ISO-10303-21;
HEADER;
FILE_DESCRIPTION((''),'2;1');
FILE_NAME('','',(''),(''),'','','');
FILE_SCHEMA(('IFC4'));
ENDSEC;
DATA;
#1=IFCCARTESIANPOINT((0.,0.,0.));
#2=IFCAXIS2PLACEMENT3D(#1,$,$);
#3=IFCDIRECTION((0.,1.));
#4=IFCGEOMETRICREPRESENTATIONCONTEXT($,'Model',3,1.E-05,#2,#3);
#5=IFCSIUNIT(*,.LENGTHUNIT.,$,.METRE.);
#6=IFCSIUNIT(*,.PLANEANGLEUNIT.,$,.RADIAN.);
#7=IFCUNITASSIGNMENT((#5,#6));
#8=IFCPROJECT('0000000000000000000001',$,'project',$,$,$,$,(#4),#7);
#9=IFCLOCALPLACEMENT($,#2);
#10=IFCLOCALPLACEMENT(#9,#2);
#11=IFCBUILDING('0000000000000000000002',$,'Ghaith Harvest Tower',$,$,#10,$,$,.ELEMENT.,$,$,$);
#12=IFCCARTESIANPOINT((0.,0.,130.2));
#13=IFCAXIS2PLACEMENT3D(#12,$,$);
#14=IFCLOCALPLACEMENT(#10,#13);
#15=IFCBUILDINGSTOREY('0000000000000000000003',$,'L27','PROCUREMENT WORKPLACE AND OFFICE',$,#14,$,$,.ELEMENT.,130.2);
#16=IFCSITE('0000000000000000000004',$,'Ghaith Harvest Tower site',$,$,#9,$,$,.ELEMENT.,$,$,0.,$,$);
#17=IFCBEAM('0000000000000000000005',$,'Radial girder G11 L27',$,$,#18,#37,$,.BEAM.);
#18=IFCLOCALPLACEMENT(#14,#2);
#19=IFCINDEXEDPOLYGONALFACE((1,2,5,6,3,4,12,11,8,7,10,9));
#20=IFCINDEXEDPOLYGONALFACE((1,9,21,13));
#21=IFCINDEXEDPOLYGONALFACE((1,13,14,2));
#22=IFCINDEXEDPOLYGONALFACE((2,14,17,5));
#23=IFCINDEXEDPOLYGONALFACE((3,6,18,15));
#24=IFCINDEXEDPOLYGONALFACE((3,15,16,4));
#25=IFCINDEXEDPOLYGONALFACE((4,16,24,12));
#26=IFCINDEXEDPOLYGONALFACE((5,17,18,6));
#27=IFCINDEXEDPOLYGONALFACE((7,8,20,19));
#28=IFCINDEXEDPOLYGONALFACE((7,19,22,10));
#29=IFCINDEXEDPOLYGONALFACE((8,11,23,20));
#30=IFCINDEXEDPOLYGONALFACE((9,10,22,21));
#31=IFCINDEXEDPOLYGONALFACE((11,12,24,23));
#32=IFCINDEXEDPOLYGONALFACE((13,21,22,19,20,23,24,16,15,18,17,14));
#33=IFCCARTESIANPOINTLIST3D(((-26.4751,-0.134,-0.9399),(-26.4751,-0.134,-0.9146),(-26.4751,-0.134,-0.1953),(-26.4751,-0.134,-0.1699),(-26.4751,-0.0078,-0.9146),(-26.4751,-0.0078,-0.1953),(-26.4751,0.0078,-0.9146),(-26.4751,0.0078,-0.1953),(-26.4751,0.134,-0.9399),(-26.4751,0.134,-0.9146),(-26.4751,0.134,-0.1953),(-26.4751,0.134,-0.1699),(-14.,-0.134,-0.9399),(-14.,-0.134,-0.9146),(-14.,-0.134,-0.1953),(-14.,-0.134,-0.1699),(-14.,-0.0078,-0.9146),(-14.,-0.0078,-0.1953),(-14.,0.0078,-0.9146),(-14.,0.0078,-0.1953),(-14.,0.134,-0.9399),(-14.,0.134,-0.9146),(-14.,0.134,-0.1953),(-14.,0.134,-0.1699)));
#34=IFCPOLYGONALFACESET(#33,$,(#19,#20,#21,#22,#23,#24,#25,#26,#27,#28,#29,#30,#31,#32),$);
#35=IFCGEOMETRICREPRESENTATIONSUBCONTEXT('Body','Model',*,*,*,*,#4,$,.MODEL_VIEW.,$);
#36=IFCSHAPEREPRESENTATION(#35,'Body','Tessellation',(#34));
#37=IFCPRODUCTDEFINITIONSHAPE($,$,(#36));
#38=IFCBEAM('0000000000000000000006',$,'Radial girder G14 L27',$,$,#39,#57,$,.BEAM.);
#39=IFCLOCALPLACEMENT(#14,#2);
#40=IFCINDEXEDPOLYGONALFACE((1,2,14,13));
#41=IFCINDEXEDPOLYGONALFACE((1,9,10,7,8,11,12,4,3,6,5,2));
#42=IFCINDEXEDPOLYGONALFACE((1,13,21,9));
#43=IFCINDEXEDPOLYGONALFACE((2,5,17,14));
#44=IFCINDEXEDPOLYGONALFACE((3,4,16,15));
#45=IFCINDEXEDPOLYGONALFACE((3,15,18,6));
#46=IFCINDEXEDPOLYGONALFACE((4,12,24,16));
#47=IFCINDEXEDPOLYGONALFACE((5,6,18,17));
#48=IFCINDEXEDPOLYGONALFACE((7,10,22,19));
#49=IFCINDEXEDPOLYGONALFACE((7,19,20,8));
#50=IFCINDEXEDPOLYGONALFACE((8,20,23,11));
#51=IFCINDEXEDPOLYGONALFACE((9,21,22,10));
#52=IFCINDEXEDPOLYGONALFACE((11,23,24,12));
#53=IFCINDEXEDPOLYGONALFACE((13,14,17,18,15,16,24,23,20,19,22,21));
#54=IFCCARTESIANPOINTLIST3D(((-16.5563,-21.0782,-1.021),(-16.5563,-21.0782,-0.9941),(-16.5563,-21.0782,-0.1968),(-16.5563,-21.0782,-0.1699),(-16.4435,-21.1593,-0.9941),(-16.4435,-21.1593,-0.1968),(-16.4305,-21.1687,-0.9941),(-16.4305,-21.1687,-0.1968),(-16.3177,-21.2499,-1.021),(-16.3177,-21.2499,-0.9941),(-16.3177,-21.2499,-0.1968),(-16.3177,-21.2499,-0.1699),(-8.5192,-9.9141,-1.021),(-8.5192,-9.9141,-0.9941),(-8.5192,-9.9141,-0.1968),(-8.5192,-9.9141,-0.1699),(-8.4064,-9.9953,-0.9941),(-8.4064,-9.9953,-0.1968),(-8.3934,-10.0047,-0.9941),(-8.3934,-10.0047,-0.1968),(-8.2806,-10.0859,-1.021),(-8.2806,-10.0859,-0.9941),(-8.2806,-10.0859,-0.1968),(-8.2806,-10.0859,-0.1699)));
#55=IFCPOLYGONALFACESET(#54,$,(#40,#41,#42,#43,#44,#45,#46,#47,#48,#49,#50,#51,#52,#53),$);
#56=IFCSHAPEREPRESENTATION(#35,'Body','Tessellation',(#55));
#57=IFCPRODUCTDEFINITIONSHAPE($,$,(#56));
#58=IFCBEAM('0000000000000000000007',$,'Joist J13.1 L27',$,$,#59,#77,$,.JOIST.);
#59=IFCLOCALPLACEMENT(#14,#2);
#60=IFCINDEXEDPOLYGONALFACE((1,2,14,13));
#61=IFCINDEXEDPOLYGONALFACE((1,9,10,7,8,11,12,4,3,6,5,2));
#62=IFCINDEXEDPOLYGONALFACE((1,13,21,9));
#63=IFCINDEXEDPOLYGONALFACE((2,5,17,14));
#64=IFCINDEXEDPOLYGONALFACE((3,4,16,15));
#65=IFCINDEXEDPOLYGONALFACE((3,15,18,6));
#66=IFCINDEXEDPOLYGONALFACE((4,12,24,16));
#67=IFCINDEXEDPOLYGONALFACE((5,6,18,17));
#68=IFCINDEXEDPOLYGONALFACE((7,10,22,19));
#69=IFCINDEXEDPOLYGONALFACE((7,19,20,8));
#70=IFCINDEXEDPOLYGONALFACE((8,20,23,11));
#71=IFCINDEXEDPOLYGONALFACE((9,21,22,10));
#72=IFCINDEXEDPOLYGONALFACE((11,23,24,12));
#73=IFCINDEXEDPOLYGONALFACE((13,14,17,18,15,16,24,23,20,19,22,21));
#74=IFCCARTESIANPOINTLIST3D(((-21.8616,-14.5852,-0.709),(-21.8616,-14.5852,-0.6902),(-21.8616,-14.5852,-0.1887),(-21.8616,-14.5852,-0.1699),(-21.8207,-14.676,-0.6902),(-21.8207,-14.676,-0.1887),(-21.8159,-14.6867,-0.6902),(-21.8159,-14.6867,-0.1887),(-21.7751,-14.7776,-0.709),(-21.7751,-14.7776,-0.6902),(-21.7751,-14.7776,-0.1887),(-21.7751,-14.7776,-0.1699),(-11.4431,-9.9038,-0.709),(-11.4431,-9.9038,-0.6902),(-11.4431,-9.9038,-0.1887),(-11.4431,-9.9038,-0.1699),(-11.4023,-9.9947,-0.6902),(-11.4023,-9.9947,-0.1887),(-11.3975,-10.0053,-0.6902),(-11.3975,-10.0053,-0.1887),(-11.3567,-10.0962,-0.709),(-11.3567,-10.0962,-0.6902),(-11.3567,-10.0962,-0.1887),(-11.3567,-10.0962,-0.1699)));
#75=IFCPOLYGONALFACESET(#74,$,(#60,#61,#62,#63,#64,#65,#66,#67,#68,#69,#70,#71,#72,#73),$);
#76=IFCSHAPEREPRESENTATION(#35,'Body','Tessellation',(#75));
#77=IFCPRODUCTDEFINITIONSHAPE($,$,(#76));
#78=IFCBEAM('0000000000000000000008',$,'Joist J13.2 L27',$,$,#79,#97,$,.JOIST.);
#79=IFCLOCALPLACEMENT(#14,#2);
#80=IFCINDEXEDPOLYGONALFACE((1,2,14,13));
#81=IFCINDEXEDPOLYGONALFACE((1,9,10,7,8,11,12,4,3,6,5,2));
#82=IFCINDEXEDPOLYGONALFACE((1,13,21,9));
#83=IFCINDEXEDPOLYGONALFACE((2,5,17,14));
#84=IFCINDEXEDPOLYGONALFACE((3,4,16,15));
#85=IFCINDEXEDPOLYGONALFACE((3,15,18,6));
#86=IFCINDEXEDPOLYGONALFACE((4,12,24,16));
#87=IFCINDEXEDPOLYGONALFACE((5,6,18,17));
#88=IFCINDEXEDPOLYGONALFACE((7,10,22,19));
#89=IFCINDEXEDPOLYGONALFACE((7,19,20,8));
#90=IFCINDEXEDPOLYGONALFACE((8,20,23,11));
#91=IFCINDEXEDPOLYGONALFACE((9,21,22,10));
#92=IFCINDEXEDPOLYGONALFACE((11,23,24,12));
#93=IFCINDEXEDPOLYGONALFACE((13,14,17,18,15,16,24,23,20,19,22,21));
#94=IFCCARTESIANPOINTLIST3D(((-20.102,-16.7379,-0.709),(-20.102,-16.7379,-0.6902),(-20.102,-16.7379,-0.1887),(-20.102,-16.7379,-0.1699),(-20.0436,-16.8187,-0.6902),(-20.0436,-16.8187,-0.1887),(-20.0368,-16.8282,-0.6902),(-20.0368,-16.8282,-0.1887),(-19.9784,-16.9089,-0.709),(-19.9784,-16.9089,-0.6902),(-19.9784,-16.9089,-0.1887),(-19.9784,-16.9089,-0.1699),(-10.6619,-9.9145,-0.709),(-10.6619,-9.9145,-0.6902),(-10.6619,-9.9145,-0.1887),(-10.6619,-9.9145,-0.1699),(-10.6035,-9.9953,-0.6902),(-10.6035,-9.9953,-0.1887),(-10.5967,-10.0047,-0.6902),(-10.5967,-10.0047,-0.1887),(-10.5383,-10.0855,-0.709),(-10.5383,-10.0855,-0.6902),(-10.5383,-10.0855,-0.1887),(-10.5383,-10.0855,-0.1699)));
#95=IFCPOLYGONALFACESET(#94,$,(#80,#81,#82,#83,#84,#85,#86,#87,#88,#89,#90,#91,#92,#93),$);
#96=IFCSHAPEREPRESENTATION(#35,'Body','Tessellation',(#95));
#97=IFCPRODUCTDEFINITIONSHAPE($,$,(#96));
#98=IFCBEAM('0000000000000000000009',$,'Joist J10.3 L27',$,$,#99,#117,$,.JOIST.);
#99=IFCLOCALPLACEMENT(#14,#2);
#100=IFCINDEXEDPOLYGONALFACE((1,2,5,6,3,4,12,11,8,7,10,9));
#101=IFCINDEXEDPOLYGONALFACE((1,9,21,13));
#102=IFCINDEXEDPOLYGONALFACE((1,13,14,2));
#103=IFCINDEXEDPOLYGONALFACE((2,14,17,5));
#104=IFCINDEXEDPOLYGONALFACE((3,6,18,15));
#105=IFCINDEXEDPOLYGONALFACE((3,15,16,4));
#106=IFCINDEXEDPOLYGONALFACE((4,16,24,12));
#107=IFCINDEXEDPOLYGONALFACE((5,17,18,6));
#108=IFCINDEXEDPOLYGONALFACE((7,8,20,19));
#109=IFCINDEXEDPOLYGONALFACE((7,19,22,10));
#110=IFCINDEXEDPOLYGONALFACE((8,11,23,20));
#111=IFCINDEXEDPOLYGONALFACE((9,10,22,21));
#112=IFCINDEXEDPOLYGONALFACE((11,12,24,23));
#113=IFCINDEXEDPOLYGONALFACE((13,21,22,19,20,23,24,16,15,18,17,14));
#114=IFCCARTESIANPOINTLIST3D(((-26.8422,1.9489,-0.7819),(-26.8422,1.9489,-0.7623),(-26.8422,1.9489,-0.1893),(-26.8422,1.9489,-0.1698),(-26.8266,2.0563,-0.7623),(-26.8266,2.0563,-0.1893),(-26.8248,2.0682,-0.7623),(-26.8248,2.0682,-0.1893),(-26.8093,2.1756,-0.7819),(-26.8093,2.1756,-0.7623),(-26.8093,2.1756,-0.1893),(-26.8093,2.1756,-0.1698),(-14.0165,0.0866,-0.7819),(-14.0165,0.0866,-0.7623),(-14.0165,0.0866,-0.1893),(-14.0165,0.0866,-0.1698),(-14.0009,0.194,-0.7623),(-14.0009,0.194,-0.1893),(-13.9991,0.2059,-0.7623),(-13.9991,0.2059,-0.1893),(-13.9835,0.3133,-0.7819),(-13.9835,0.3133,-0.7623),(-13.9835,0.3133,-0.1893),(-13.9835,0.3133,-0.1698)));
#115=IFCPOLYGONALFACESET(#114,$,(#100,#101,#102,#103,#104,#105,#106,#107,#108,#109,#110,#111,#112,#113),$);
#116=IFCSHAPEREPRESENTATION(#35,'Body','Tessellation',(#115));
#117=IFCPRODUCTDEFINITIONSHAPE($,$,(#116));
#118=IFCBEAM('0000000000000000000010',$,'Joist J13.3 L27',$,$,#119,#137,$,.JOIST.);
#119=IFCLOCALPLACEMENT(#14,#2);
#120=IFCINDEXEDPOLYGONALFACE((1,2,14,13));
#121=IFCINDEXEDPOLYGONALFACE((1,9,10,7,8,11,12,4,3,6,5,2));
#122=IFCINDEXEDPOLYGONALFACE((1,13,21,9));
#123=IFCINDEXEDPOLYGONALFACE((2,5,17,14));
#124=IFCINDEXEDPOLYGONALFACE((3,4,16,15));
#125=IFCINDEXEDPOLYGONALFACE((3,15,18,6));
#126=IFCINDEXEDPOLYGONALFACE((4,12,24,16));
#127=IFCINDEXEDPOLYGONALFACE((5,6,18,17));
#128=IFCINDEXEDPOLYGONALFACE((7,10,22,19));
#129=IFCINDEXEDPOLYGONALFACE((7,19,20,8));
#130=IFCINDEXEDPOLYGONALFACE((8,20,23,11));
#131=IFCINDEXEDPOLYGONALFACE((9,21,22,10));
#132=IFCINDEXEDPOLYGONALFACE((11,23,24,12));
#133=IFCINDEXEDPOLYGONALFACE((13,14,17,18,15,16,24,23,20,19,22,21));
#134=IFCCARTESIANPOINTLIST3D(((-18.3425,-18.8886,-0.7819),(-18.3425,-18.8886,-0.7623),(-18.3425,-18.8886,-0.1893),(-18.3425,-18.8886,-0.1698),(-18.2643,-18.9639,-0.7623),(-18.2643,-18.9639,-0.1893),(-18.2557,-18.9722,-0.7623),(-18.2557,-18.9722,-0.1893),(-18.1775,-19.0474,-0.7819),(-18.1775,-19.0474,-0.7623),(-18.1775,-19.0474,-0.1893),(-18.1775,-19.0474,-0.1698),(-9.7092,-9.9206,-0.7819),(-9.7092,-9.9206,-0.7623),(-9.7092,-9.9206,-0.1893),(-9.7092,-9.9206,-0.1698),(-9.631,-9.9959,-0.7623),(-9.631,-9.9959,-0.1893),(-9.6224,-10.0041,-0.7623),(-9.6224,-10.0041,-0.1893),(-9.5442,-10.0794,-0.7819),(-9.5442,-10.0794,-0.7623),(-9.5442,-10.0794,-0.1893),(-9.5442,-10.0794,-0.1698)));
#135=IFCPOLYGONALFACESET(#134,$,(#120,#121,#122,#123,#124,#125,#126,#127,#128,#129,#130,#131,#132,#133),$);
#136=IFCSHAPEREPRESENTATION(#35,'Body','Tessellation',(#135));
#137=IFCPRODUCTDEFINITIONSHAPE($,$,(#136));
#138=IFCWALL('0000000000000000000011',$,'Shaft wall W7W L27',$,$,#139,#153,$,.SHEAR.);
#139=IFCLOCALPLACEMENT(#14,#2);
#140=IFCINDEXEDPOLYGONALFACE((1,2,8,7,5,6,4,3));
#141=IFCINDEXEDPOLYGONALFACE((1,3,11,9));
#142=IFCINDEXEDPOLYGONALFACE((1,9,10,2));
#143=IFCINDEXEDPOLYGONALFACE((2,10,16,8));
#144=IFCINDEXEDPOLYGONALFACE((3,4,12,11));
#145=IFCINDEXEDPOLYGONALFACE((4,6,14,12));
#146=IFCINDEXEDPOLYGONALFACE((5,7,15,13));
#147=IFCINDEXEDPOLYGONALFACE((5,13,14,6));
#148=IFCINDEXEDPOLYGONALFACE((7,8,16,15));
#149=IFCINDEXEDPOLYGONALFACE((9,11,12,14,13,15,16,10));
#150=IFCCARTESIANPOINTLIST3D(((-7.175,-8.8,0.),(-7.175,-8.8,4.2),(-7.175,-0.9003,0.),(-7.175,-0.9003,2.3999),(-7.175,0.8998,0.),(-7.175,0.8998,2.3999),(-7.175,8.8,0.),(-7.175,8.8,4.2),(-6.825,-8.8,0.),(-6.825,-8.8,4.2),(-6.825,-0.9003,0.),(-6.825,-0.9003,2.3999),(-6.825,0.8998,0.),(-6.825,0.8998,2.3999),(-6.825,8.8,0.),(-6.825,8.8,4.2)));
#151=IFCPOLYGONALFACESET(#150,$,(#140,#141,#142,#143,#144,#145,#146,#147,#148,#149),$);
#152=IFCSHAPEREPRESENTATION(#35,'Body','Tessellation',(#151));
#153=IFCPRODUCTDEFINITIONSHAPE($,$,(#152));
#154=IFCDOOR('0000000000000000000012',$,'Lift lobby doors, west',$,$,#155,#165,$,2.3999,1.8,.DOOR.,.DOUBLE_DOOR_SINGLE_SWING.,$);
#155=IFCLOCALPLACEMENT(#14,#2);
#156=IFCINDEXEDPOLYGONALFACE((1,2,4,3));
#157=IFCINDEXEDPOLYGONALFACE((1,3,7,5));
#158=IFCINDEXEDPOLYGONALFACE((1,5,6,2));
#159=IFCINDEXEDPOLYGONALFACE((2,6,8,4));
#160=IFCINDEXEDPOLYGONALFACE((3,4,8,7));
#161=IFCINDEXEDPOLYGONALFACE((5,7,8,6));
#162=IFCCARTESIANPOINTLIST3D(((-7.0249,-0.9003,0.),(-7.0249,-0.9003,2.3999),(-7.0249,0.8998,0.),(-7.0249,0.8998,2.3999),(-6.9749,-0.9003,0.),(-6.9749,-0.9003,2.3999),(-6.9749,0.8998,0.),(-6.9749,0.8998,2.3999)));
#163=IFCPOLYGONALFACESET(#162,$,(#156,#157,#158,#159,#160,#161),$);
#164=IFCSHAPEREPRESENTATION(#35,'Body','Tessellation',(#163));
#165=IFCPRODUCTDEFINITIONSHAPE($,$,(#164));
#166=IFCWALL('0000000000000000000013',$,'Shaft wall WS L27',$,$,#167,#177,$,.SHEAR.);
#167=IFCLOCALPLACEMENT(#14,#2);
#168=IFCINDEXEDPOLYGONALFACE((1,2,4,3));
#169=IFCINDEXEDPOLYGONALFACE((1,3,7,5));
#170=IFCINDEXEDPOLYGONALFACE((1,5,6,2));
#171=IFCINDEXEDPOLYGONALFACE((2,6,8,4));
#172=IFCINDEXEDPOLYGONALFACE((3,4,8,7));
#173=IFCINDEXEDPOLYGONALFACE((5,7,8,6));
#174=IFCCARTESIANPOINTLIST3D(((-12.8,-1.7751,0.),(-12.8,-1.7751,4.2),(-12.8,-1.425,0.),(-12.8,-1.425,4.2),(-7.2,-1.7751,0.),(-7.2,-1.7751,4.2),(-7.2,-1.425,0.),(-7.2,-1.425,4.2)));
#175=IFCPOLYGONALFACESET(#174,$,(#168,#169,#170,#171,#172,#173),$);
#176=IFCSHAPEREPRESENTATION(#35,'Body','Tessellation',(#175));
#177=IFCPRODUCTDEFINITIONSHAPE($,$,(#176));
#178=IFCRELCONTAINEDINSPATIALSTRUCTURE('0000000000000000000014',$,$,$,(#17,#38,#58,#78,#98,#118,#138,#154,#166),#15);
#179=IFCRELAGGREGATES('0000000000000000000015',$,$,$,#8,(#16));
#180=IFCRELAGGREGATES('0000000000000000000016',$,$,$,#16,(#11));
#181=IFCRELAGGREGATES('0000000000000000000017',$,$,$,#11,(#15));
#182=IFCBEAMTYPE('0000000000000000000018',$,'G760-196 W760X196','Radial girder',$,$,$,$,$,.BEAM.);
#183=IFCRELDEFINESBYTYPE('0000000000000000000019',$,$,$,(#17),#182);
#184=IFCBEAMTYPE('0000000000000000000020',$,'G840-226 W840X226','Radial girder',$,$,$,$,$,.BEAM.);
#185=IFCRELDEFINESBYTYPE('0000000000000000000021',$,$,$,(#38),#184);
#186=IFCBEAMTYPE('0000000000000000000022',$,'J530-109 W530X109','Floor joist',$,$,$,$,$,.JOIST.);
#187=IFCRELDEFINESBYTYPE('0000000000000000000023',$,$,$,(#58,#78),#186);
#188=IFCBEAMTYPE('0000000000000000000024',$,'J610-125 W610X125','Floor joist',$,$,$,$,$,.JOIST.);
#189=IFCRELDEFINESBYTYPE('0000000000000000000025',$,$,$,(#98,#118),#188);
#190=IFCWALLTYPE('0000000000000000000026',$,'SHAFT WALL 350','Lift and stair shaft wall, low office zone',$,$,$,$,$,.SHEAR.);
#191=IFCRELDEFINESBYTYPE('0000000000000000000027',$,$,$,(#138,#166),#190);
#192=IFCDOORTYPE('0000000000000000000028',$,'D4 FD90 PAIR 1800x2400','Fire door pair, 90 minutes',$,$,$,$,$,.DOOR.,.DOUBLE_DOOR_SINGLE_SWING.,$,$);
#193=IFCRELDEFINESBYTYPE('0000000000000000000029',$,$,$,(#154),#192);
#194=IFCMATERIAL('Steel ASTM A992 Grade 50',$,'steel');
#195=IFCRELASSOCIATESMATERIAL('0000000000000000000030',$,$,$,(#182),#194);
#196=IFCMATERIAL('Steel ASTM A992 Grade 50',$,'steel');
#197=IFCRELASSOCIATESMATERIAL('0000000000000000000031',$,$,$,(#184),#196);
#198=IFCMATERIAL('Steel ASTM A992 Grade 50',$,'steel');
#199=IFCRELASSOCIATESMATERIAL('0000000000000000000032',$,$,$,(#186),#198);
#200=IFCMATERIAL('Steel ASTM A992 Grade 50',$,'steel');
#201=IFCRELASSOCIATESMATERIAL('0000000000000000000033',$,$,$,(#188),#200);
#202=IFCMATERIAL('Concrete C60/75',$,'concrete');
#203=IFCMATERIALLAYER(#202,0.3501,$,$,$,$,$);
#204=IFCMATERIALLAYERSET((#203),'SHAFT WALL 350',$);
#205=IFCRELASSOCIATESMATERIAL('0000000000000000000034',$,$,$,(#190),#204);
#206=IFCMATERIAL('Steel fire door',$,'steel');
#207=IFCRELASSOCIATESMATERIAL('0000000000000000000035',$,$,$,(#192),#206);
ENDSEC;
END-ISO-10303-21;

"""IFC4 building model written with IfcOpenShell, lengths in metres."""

from ifc_helpers import new_model, si_unit, direction, frame, frame_2d, origin, origin_2d, place, context, subcontext, project, spatial, rectangle, i_section, extrude, material, layer, layer_set, material_profile, profile_set, type_object, element, fill, save


model = new_model("IFC4")

# Units and contexts
model_context = context("Model", 3, precision=1e-05, world=origin(), true_north=direction((0.0, 1.0)))
body_context = subcontext(model_context, "Body", "Model", "MODEL_VIEW")
ifc_project = project(units=[si_unit("LENGTHUNIT", "METRE"), si_unit("PLANEANGLEUNIT", "RADIAN")], contexts=[model_context])

# Site, building, storey
site_placement = place(None, origin())
site = spatial("IfcSite", under=ifc_project, at=site_placement, Name="Ghaith Harvest Tower site", CompositionType="ELEMENT", RefElevation=0.0)
building_placement = place(site_placement, origin())
building = spatial("IfcBuilding", under=site, at=building_placement, Name="Ghaith Harvest Tower", CompositionType="ELEMENT")
storey_placement = place(building_placement, frame((0.0, 0.0, 130.2)))
storey = spatial("IfcBuildingStorey", under=building, at=storey_placement, Name="L27", Description="PROCUREMENT WORKPLACE AND OFFICE", CompositionType="ELEMENT", Elevation=130.2)

# Beams
ifc_material_1 = material(Name="Steel ASTM A992 Grade 50", Category="steel")
ifc_material_profile_1 = material_profile(ifc_material_1, i_section(OverallWidth=0.2681, OverallDepth=0.77, WebThickness=0.0156, FlangeThickness=0.0254, at=origin_2d()), Name="W760X196")
ifc_profile_set_1 = profile_set([ifc_material_profile_1], Name="Steel ASTM A992 Grade 50")
beam_type_1 = type_object("IfcBeamType", Name="G760-196 W760X196", Description="Radial girder", PredefinedType="BEAM", material=ifc_profile_set_1)
beam_1_placement = place(storey_placement, frame((-14.0, 0.0, -0.5549), z_axis=(-1.0, 0.0, 0.0), x_axis=(0.0, -1.0, 0.0)))
element("IfcBeam", 1, at=beam_1_placement, inside=storey, type_object=beam_type_1, Name="Radial girder G11 L27", PredefinedType="BEAM", context=body_context, shape_type="SweptSolid", body=[
    extrude(i_section(OverallWidth=0.2681, OverallDepth=0.77, WebThickness=0.0156, FlangeThickness=0.0254, at=origin_2d()), origin(), (0.0, 0.0, 1.0), 12.4751),
])
ifc_material_2 = material(Name="Steel ASTM A992 Grade 50", Category="steel")
ifc_material_profile_2 = material_profile(ifc_material_2, i_section(OverallWidth=0.2939, OverallDepth=0.8511, WebThickness=0.0161, FlangeThickness=0.0269, at=origin_2d()), Name="W840X226")
ifc_profile_set_2 = profile_set([ifc_material_profile_2], Name="Steel ASTM A992 Grade 50")
beam_type_2 = type_object("IfcBeamType", Name="G840-226 W840X226", Description="Radial girder", PredefinedType="BEAM", material=ifc_profile_set_2)
beam_2_placement = place(storey_placement, frame((-8.3999, -10.0, -0.5955), z_axis=(-0.584256, -0.811569, 0.0), x_axis=(0.811569, -0.584256, 0.0)))
element("IfcBeam", 2, at=beam_2_placement, inside=storey, type_object=beam_type_2, Name="Radial girder G14 L27", PredefinedType="BEAM", context=body_context, shape_type="SweptSolid", body=[
    extrude(i_section(OverallWidth=0.2939, OverallDepth=0.8511, WebThickness=0.0161, FlangeThickness=0.0269, at=origin_2d()), origin(), (0.0, 0.0, 1.0), 13.7561),
])
ifc_material_3 = material(Name="Steel ASTM A992 Grade 50", Category="steel")
ifc_material_profile_3 = material_profile(ifc_material_3, i_section(OverallWidth=0.2109, OverallDepth=0.5391, WebThickness=0.0117, FlangeThickness=0.0188, at=origin_2d()), Name="W530X109")
ifc_profile_set_3 = profile_set([ifc_material_profile_3], Name="Steel ASTM A992 Grade 50")
beam_type_3 = type_object("IfcBeamType", Name="J530-109 W530X109", Description="Floor joist", PredefinedType="JOIST", material=ifc_profile_set_3)
beam_3_placement = place(storey_placement, frame((-11.3999, -10.0, -0.4395), z_axis=(-0.912148, -0.409862, 0.0), x_axis=(0.409862, -0.912148, 0.0)))
element("IfcBeam", 3, at=beam_3_placement, inside=storey, type_object=beam_type_3, Name="Joist J13.1 L27", PredefinedType="JOIST", context=body_context, shape_type="SweptSolid", body=[
    extrude(i_section(OverallWidth=0.2109, OverallDepth=0.5391, WebThickness=0.0117, FlangeThickness=0.0188, at=origin_2d()), origin(), (0.0, 0.0, 1.0), 11.4219),
])
beam_4_placement = place(storey_placement, frame((-10.6001, -10.0, -0.4395), z_axis=(-0.810452, -0.585805, 0.0), x_axis=(0.585805, -0.810452, 0.0)))
element("IfcBeam", 4, at=beam_4_placement, inside=storey, type_object=beam_type_3, Name="Joist J13.2 L27", PredefinedType="JOIST", context=body_context, shape_type="SweptSolid", body=[
    extrude(i_section(OverallWidth=0.2109, OverallDepth=0.5391, WebThickness=0.0117, FlangeThickness=0.0188, at=origin_2d()), origin(), (0.0, 0.0, 1.0), 11.6479),
])
ifc_material_4 = material(Name="Steel ASTM A992 Grade 50", Category="steel")
ifc_material_profile_4 = material_profile(ifc_material_4, i_section(OverallWidth=0.229, OverallDepth=0.6121, WebThickness=0.012, FlangeThickness=0.0195, at=origin_2d()), Name="W610X125")
ifc_profile_set_4 = profile_set([ifc_material_profile_4], Name="Steel ASTM A992 Grade 50")
beam_type_4 = type_object("IfcBeamType", Name="J610-125 W610X125", Description="Floor joist", PredefinedType="JOIST", material=ifc_profile_set_4)
beam_5_placement = place(storey_placement, frame((-14.0, 0.2, -0.4758), z_axis=(-0.989622, 0.143694, 0.0), x_axis=(-0.143694, -0.989622, 0.0)))
element("IfcBeam", 5, at=beam_5_placement, inside=storey, type_object=beam_type_4, Name="Joist J10.3 L27", PredefinedType="JOIST", context=body_context, shape_type="SweptSolid", body=[
    extrude(i_section(OverallWidth=0.229, OverallDepth=0.6121, WebThickness=0.012, FlangeThickness=0.0195, at=origin_2d()), origin(), (0.0, 0.0, 1.0), 12.9602),
])
beam_6_placement = place(storey_placement, frame((-9.6267, -10.0, -0.4758), z_axis=(-0.693535, -0.720423, 0.0), x_axis=(0.720423, -0.693535, 0.0)))
element("IfcBeam", 6, at=beam_6_placement, inside=storey, type_object=beam_type_4, Name="Joist J13.3 L27", PredefinedType="JOIST", context=body_context, shape_type="SweptSolid", body=[
    extrude(i_section(OverallWidth=0.229, OverallDepth=0.6121, WebThickness=0.012, FlangeThickness=0.0195, at=origin_2d()), origin(), (0.0, 0.0, 1.0), 12.4482),
])

# Wall, opening, door
ifc_material_5 = material(Name="Concrete C60/75", Category="concrete")
ifc_layer_1 = layer(ifc_material_5, 0.3501)
ifc_layer_set_1 = layer_set([ifc_layer_1], Name="SHAFT WALL 350")
wall_type_1 = type_object("IfcWallType", Name="SHAFT WALL 350", Description="Lift and stair shaft wall, low office zone", PredefinedType="SHEAR", material=ifc_layer_set_1)
wall_1_placement = place(storey_placement, frame((-7.0, -8.8, 0.0), z_axis=(0.0, 0.0, 1.0), x_axis=(0.0, 1.0, 0.0)))
wall_1 = element("IfcWall", 7, at=wall_1_placement, inside=storey, type_object=wall_type_1, Name="Shaft wall W7W L27", PredefinedType="SHEAR", context=body_context, shape_type="SweptSolid", body=[
    extrude(rectangle(XDim=17.6001, YDim=0.3501, at=frame_2d((8.8, 0.0))), origin(), (0.0, 0.0, 1.0), 4.2),
])
opening_placement = place(wall_1_placement, frame((7.8999, 0.0, 0.0)))
opening = element("IfcOpeningElement", 8, at=opening_placement, cuts=wall_1, PredefinedType="OPENING", context=body_context, shape_type="SweptSolid", body=[
    extrude(rectangle(XDim=1.8, YDim=2.3999, at=frame_2d((0.8999, 1.2))), frame((0.0, 0.1851, 0.0), z_axis=(0.0, -1.0, 0.0), x_axis=(1.0, 0.0, 0.0)), (0.0, 0.0, 1.0), 0.3701),
])
ifc_material_6 = material(Name="Steel fire door", Category="steel")
door_type = type_object("IfcDoorType", Name="D4 FD90 PAIR 1800x2400", Description="Fire door pair, 90 minutes", OperationType="DOUBLE_DOOR_SINGLE_SWING", PredefinedType="DOOR", material=ifc_material_6)
door_placement = place(opening_placement, origin())
door = element("IfcDoor", 9, at=door_placement, inside=storey, type_object=door_type, Name="Lift lobby doors, west", OperationType="DOUBLE_DOOR_SINGLE_SWING", OverallHeight=2.3999, OverallWidth=1.8, PredefinedType="DOOR", context=body_context, shape_type="SweptSolid", body=[
    extrude(rectangle(XDim=1.8, YDim=2.3999, at=frame_2d((0.8999, 1.2))), frame((0.0, 0.0249, 0.0), z_axis=(0.0, -1.0, 0.0), x_axis=(1.0, 0.0, 0.0)), (0.0, 0.0, 1.0), 0.05),
])
fill(opening, door)

# Wall
wall_2_placement = place(storey_placement, frame((-12.8, -1.6001, 0.0), z_axis=(0.0, 0.0, 1.0), x_axis=(1.0, 0.0, 0.0)))
element("IfcWall", 10, at=wall_2_placement, inside=storey, type_object=wall_type_1, Name="Shaft wall WS L27", PredefinedType="SHEAR", context=body_context, shape_type="SweptSolid", body=[
    extrude(rectangle(XDim=5.6001, YDim=0.3501, at=frame_2d((2.8, 0.0))), origin(), (0.0, 0.0, 1.0), 4.2),
])

save(model, "model.ifc")
